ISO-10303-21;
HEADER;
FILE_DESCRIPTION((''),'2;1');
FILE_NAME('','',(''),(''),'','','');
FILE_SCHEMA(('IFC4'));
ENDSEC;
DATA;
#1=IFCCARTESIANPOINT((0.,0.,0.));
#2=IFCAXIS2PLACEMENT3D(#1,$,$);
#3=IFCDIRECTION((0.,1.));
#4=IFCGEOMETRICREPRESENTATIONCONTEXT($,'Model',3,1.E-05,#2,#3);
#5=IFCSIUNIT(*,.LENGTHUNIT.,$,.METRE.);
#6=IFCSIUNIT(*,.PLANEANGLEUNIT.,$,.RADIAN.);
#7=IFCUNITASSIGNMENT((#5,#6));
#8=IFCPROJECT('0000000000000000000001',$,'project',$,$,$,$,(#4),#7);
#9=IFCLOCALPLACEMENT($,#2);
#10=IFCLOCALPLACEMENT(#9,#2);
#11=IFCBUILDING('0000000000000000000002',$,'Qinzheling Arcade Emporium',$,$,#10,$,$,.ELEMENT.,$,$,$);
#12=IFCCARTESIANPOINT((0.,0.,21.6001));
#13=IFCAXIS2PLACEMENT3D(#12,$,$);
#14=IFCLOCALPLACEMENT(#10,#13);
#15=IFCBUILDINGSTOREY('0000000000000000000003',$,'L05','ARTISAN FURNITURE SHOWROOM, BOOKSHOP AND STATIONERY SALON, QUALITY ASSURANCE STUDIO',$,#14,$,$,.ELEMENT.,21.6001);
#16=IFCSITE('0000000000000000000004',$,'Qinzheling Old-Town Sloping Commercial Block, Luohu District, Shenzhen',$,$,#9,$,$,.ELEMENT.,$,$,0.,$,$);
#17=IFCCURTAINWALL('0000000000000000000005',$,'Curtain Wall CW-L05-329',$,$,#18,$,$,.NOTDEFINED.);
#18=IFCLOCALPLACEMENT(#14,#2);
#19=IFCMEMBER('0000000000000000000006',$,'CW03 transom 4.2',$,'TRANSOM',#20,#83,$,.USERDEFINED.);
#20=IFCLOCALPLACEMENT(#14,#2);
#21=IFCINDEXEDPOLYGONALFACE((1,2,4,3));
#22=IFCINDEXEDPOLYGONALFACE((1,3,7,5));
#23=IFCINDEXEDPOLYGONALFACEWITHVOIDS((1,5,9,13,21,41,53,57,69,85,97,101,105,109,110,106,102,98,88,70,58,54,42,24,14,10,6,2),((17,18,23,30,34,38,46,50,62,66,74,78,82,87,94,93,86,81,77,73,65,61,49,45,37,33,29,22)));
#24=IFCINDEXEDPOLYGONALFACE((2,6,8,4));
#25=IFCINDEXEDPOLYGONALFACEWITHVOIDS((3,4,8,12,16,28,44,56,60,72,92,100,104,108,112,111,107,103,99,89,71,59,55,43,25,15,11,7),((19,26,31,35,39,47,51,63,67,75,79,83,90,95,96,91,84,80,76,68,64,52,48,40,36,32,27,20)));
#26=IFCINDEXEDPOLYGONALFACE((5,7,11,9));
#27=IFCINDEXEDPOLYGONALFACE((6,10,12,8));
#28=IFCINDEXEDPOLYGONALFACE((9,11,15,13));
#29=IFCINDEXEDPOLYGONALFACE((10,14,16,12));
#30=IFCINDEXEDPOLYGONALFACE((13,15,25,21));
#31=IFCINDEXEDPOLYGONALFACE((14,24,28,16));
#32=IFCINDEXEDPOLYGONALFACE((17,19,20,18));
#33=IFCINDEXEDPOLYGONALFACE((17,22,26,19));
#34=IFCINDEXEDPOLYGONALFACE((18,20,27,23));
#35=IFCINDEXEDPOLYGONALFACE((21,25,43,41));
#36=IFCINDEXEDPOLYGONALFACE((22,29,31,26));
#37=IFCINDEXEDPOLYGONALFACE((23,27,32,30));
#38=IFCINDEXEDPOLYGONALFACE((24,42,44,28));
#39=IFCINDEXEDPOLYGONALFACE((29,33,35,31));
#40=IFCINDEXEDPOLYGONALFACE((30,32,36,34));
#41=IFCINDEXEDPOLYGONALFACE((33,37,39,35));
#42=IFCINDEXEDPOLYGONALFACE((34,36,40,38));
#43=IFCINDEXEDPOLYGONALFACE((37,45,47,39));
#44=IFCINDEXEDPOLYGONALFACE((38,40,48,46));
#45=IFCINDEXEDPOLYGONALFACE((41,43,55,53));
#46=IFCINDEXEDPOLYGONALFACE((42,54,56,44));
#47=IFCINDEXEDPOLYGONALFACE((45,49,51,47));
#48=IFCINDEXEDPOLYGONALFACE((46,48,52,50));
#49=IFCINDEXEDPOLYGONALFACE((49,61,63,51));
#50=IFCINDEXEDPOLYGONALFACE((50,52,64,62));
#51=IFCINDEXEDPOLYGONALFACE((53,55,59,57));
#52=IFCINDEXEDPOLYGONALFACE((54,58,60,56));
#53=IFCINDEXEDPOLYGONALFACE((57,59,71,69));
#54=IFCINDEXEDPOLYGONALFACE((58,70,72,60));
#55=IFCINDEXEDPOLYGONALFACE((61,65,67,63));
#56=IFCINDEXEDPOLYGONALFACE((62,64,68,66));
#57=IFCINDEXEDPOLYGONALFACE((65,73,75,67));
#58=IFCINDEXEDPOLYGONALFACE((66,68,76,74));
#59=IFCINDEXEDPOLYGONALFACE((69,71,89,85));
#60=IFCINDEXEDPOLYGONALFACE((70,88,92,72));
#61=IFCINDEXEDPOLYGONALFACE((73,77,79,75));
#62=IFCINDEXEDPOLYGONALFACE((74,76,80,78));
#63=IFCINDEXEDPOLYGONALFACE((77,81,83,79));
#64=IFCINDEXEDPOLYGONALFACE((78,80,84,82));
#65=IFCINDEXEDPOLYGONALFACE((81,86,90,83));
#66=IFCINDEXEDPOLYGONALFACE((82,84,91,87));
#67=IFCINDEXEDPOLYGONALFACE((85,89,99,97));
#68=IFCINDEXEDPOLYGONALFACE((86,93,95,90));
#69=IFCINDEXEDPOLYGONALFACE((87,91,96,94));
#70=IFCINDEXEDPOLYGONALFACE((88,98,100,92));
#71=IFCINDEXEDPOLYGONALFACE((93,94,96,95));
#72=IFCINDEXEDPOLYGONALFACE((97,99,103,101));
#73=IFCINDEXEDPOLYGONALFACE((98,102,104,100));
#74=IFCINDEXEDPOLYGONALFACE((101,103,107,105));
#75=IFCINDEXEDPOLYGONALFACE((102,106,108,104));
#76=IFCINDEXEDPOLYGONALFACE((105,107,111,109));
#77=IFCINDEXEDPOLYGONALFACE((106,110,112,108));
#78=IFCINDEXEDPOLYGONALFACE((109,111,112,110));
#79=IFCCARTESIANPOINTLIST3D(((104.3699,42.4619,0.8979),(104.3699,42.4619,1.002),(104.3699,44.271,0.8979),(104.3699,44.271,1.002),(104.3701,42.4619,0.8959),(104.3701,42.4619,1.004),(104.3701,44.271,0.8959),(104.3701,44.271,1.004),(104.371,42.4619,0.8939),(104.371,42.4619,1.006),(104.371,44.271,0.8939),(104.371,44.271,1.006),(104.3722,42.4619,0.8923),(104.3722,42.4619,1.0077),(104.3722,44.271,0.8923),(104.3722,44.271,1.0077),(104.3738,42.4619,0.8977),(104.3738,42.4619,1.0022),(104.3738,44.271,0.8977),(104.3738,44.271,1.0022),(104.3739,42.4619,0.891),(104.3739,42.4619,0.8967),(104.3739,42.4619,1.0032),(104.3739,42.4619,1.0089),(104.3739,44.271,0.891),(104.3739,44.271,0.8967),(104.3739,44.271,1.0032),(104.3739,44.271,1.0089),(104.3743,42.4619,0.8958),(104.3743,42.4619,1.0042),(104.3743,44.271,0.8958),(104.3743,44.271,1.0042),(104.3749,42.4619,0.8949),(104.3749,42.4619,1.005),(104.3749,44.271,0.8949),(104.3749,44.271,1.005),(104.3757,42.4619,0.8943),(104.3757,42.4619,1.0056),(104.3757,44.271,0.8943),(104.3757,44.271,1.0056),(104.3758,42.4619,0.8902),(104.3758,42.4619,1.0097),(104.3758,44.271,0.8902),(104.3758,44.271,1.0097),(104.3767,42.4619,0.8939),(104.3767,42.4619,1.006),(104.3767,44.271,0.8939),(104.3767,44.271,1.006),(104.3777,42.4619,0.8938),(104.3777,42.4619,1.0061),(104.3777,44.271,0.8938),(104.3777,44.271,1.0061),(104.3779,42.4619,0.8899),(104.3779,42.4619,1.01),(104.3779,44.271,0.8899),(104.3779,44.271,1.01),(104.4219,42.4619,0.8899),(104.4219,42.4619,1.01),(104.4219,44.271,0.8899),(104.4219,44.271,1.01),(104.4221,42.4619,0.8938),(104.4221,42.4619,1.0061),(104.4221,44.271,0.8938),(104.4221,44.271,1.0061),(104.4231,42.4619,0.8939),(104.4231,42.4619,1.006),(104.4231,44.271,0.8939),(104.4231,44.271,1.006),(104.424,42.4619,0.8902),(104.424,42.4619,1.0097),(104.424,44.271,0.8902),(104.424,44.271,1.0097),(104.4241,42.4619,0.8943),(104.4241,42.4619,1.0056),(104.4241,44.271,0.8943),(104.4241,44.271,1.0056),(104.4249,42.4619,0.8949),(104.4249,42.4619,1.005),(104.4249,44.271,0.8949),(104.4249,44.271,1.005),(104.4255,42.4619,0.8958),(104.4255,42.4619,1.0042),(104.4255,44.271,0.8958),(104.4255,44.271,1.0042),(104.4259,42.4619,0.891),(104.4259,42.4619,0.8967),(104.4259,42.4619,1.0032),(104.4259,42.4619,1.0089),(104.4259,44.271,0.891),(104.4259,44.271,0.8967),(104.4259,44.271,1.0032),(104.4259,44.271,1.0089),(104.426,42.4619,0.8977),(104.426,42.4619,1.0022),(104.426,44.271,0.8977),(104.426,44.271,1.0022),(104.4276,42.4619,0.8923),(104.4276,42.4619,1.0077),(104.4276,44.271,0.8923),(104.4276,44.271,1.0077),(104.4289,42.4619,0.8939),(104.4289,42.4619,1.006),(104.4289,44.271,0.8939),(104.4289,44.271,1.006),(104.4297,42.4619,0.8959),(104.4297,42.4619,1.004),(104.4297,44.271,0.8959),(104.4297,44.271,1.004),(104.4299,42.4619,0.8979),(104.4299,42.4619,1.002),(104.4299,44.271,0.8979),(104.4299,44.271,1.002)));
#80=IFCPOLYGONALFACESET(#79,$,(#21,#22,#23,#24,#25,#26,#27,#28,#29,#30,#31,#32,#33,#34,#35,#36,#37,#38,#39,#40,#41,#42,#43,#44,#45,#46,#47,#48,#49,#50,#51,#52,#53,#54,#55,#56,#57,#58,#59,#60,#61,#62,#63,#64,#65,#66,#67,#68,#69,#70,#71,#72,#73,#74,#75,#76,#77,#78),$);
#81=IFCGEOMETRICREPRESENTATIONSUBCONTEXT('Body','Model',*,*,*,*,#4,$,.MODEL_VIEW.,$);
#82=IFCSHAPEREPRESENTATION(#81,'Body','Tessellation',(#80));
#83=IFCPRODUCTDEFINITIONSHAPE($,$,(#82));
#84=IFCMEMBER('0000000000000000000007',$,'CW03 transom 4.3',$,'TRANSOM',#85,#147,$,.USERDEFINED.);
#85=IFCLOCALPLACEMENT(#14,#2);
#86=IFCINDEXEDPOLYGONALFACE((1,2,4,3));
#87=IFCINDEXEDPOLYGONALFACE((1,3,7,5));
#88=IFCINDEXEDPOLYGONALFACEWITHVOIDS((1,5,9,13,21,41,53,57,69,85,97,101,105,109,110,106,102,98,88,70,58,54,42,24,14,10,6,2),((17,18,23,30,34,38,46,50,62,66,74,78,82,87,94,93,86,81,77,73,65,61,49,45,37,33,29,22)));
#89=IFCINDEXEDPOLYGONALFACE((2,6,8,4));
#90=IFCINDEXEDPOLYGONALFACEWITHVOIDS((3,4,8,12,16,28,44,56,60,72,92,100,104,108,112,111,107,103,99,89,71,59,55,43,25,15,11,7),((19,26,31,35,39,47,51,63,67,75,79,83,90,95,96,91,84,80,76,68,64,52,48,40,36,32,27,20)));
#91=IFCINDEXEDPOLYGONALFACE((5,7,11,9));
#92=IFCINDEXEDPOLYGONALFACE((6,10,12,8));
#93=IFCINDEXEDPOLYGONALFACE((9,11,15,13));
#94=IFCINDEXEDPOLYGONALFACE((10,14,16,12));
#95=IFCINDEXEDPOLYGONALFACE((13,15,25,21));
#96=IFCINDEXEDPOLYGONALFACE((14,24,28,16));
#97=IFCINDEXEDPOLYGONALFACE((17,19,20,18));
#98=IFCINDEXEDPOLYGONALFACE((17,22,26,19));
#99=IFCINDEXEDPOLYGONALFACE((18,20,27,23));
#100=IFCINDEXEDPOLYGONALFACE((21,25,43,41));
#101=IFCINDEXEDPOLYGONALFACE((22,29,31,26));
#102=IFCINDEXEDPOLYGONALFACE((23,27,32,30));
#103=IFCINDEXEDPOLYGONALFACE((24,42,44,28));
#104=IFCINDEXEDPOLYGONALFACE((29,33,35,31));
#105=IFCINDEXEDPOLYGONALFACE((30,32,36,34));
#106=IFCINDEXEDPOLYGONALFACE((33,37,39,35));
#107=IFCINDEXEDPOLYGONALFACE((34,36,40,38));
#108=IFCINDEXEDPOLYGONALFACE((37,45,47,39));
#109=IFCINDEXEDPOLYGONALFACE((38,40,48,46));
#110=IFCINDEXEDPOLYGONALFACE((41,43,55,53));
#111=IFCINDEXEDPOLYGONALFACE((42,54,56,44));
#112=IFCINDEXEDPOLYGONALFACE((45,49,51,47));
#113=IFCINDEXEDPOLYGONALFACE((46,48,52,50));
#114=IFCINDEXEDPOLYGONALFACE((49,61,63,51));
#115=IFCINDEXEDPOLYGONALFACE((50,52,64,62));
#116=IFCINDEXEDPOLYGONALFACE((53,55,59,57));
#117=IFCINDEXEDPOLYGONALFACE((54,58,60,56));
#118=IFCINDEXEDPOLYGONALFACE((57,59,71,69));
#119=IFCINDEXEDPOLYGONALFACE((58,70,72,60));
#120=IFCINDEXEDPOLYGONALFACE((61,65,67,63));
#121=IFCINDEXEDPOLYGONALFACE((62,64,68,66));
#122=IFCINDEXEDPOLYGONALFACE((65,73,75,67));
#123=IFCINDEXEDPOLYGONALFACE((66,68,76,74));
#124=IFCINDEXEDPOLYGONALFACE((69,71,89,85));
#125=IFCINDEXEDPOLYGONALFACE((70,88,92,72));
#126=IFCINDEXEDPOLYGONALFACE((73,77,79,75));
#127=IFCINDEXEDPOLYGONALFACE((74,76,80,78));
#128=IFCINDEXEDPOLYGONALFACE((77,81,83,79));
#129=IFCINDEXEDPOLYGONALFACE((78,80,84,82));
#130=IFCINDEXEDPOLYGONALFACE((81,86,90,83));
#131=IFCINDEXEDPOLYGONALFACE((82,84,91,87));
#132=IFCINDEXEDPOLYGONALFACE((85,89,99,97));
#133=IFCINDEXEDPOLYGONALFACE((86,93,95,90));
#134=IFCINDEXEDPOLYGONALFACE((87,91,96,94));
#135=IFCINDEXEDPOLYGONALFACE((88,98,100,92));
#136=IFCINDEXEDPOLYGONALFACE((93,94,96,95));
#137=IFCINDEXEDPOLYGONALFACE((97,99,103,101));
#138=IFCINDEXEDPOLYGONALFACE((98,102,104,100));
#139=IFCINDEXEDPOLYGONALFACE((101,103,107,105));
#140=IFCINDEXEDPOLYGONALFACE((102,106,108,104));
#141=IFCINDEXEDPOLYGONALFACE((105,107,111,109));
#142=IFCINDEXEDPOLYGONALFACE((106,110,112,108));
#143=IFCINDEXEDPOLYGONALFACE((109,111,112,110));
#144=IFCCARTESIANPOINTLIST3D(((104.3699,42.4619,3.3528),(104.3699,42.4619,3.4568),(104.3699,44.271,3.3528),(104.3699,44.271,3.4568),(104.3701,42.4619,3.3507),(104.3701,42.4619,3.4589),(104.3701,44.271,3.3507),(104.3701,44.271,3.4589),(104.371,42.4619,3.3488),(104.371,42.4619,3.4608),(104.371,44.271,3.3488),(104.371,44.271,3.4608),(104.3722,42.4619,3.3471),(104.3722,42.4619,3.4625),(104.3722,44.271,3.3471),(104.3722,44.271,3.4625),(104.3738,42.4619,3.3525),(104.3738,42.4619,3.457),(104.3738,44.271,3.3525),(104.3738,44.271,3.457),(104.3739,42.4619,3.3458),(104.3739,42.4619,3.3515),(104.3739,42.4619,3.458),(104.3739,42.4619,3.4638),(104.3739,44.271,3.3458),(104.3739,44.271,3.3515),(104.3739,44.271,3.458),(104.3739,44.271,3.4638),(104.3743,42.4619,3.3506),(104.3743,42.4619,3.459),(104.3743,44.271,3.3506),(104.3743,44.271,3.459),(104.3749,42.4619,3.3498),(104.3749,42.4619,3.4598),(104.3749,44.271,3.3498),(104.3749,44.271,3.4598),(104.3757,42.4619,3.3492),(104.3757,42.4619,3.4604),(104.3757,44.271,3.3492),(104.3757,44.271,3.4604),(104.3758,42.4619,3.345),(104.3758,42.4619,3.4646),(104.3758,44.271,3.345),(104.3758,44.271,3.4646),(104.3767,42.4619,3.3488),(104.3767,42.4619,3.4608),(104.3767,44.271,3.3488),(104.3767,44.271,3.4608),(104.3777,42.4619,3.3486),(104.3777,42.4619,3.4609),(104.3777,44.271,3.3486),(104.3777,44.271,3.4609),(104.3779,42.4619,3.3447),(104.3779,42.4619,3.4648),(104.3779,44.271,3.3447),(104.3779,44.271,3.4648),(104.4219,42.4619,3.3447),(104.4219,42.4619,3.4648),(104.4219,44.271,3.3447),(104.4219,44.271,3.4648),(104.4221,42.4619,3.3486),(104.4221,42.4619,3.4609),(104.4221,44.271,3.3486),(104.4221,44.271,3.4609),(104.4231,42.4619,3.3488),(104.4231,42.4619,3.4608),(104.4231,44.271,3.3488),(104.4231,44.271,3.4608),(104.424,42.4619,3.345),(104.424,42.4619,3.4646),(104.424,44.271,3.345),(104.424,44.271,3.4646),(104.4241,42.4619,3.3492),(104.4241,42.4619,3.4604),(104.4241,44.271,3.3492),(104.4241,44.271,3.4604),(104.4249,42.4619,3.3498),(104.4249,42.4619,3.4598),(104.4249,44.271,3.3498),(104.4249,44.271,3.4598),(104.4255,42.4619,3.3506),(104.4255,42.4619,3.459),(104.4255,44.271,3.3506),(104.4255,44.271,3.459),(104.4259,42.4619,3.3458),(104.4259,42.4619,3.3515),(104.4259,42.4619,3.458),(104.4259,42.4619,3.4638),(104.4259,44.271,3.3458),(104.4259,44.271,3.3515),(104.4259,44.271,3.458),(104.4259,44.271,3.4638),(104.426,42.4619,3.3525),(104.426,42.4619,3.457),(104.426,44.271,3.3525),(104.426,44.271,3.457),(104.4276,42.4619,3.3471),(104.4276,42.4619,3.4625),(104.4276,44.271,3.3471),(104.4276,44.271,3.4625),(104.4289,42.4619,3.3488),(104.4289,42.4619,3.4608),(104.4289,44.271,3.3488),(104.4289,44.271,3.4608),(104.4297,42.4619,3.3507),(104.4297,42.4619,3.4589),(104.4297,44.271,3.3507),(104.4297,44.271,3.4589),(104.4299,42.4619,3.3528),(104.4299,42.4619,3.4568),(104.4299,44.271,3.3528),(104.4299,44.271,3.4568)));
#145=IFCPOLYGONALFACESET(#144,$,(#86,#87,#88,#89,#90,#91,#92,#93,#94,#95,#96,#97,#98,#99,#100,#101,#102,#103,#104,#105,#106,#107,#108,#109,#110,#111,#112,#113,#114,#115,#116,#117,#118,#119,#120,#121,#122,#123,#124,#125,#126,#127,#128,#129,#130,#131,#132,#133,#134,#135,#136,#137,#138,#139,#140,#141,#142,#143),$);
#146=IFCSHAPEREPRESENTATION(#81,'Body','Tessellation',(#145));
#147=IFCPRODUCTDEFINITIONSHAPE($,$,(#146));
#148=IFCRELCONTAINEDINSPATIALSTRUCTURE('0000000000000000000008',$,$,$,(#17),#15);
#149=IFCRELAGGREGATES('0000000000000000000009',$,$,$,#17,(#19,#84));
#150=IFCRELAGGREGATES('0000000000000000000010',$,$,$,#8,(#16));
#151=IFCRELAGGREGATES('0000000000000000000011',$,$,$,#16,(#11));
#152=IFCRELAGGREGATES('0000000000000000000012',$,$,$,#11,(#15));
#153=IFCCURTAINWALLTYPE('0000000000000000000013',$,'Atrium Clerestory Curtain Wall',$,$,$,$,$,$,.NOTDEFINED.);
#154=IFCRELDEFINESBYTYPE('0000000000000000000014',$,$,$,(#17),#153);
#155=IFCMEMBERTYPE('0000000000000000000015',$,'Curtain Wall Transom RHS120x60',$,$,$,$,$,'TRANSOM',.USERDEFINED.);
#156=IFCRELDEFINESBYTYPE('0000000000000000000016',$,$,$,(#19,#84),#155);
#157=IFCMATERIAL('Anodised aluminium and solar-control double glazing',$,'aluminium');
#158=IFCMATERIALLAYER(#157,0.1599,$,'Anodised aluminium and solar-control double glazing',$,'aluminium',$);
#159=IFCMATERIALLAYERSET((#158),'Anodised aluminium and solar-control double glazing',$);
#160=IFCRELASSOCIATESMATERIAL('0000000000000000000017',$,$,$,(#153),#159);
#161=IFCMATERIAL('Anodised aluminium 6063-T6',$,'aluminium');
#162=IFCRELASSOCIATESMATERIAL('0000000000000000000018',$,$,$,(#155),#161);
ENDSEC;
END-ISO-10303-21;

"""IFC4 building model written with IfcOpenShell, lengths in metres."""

from ifc_helpers import new_model, si_unit, direction, frame, origin, origin_2d, place, context, subcontext, project, spatial, hollow_rectangle, extrude, material, layer, layer_set, material_profile, profile_set, type_object, element, aggregate, save


model = new_model("IFC4")

# Units and contexts
model_context = context("Model", 3, precision=1e-05, world=origin(), true_north=direction((0.0, 1.0)))
body_context = subcontext(model_context, "Body", "Model", "MODEL_VIEW")
ifc_project = project(units=[si_unit("LENGTHUNIT", "METRE"), si_unit("PLANEANGLEUNIT", "RADIAN")], contexts=[model_context])

# Site, building, storey
site_placement = place(None, origin())
site = spatial("IfcSite", under=ifc_project, at=site_placement, Name="Qinzheling Old-Town Sloping Commercial Block, Luohu District, Shenzhen", CompositionType="ELEMENT", RefElevation=0.0)
building_placement = place(site_placement, origin())
building = spatial("IfcBuilding", under=site, at=building_placement, Name="Qinzheling Arcade Emporium", CompositionType="ELEMENT")
storey_placement = place(building_placement, frame((0.0, 0.0, 21.6001)))
storey = spatial("IfcBuildingStorey", under=building, at=storey_placement, Name="L05", Description="ARTISAN FURNITURE SHOWROOM, BOOKSHOP AND STATIONERY SALON, QUALITY ASSURANCE STUDIO", CompositionType="ELEMENT", Elevation=21.6001)

# Curtain wall, members
ifc_material_1 = material(Name="Anodised aluminium and solar-control double glazing", Category="aluminium")
ifc_layer_1 = layer(ifc_material_1, 0.1599, Name="Anodised aluminium and solar-control double glazing", Category="aluminium")
ifc_layer_set_1 = layer_set([ifc_layer_1], Name="Anodised aluminium and solar-control double glazing")
curtain_wall_type = type_object("IfcCurtainWallType", Name="Atrium Clerestory Curtain Wall", PredefinedType="NOTDEFINED", material=ifc_layer_set_1)
curtain_wall_placement = place(storey_placement, origin())
curtain_wall = element("IfcCurtainWall", 1, at=curtain_wall_placement, inside=storey, type_object=curtain_wall_type, Name="Curtain Wall CW-L05-329", PredefinedType="NOTDEFINED")
ifc_material_2 = material(Name="Anodised aluminium 6063-T6", Category="aluminium")
ifc_material_profile_1 = material_profile(ifc_material_2, hollow_rectangle(XDim=0.0601, YDim=0.1201, WallThickness=0.0039, InnerFilletRadius=0.0039, OuterFilletRadius=0.0081, at=origin_2d()), Name="RHS 120x60x4", Category="aluminium")
ifc_profile_set_1 = profile_set([ifc_material_profile_1], Name="Anodised aluminium 6063-T6")
member_type_1 = type_object("IfcMemberType", Name="Curtain Wall Transom RHS120x60", ElementType="TRANSOM", PredefinedType="USERDEFINED", material=ifc_profile_set_1)
member_1_placement = place(storey_placement, frame((104.3999, 44.271, 0.95), z_axis=(0.0, -1.0, 0.0), x_axis=(1.0, 0.0, 0.0)))
member_1 = element("IfcMember", 2, at=member_1_placement, type_object=member_type_1, Name="CW03 transom 4.2", ObjectType="TRANSOM", PredefinedType="USERDEFINED", context=body_context, shape_type="SweptSolid", body=[
    extrude(hollow_rectangle(XDim=0.0601, YDim=0.1201, WallThickness=0.0039, InnerFilletRadius=0.0039, OuterFilletRadius=0.0081, at=origin_2d()), origin(), (0.0, 0.0, 1.0), 1.8091),
])
member_2_placement = place(storey_placement, frame((104.3999, 44.271, 3.4048), z_axis=(0.0, -1.0, 0.0), x_axis=(1.0, 0.0, 0.0)))
member_2 = element("IfcMember", 3, at=member_2_placement, type_object=member_type_1, Name="CW03 transom 4.3", ObjectType="TRANSOM", PredefinedType="USERDEFINED", context=body_context, shape_type="SweptSolid", body=[
    extrude(hollow_rectangle(XDim=0.0601, YDim=0.1201, WallThickness=0.0039, InnerFilletRadius=0.0039, OuterFilletRadius=0.0081, at=origin_2d()), origin(), (0.0, 0.0, 1.0), 1.8091),
])
aggregate(curtain_wall, [member_1, member_2])

save(model, "model.ifc")
